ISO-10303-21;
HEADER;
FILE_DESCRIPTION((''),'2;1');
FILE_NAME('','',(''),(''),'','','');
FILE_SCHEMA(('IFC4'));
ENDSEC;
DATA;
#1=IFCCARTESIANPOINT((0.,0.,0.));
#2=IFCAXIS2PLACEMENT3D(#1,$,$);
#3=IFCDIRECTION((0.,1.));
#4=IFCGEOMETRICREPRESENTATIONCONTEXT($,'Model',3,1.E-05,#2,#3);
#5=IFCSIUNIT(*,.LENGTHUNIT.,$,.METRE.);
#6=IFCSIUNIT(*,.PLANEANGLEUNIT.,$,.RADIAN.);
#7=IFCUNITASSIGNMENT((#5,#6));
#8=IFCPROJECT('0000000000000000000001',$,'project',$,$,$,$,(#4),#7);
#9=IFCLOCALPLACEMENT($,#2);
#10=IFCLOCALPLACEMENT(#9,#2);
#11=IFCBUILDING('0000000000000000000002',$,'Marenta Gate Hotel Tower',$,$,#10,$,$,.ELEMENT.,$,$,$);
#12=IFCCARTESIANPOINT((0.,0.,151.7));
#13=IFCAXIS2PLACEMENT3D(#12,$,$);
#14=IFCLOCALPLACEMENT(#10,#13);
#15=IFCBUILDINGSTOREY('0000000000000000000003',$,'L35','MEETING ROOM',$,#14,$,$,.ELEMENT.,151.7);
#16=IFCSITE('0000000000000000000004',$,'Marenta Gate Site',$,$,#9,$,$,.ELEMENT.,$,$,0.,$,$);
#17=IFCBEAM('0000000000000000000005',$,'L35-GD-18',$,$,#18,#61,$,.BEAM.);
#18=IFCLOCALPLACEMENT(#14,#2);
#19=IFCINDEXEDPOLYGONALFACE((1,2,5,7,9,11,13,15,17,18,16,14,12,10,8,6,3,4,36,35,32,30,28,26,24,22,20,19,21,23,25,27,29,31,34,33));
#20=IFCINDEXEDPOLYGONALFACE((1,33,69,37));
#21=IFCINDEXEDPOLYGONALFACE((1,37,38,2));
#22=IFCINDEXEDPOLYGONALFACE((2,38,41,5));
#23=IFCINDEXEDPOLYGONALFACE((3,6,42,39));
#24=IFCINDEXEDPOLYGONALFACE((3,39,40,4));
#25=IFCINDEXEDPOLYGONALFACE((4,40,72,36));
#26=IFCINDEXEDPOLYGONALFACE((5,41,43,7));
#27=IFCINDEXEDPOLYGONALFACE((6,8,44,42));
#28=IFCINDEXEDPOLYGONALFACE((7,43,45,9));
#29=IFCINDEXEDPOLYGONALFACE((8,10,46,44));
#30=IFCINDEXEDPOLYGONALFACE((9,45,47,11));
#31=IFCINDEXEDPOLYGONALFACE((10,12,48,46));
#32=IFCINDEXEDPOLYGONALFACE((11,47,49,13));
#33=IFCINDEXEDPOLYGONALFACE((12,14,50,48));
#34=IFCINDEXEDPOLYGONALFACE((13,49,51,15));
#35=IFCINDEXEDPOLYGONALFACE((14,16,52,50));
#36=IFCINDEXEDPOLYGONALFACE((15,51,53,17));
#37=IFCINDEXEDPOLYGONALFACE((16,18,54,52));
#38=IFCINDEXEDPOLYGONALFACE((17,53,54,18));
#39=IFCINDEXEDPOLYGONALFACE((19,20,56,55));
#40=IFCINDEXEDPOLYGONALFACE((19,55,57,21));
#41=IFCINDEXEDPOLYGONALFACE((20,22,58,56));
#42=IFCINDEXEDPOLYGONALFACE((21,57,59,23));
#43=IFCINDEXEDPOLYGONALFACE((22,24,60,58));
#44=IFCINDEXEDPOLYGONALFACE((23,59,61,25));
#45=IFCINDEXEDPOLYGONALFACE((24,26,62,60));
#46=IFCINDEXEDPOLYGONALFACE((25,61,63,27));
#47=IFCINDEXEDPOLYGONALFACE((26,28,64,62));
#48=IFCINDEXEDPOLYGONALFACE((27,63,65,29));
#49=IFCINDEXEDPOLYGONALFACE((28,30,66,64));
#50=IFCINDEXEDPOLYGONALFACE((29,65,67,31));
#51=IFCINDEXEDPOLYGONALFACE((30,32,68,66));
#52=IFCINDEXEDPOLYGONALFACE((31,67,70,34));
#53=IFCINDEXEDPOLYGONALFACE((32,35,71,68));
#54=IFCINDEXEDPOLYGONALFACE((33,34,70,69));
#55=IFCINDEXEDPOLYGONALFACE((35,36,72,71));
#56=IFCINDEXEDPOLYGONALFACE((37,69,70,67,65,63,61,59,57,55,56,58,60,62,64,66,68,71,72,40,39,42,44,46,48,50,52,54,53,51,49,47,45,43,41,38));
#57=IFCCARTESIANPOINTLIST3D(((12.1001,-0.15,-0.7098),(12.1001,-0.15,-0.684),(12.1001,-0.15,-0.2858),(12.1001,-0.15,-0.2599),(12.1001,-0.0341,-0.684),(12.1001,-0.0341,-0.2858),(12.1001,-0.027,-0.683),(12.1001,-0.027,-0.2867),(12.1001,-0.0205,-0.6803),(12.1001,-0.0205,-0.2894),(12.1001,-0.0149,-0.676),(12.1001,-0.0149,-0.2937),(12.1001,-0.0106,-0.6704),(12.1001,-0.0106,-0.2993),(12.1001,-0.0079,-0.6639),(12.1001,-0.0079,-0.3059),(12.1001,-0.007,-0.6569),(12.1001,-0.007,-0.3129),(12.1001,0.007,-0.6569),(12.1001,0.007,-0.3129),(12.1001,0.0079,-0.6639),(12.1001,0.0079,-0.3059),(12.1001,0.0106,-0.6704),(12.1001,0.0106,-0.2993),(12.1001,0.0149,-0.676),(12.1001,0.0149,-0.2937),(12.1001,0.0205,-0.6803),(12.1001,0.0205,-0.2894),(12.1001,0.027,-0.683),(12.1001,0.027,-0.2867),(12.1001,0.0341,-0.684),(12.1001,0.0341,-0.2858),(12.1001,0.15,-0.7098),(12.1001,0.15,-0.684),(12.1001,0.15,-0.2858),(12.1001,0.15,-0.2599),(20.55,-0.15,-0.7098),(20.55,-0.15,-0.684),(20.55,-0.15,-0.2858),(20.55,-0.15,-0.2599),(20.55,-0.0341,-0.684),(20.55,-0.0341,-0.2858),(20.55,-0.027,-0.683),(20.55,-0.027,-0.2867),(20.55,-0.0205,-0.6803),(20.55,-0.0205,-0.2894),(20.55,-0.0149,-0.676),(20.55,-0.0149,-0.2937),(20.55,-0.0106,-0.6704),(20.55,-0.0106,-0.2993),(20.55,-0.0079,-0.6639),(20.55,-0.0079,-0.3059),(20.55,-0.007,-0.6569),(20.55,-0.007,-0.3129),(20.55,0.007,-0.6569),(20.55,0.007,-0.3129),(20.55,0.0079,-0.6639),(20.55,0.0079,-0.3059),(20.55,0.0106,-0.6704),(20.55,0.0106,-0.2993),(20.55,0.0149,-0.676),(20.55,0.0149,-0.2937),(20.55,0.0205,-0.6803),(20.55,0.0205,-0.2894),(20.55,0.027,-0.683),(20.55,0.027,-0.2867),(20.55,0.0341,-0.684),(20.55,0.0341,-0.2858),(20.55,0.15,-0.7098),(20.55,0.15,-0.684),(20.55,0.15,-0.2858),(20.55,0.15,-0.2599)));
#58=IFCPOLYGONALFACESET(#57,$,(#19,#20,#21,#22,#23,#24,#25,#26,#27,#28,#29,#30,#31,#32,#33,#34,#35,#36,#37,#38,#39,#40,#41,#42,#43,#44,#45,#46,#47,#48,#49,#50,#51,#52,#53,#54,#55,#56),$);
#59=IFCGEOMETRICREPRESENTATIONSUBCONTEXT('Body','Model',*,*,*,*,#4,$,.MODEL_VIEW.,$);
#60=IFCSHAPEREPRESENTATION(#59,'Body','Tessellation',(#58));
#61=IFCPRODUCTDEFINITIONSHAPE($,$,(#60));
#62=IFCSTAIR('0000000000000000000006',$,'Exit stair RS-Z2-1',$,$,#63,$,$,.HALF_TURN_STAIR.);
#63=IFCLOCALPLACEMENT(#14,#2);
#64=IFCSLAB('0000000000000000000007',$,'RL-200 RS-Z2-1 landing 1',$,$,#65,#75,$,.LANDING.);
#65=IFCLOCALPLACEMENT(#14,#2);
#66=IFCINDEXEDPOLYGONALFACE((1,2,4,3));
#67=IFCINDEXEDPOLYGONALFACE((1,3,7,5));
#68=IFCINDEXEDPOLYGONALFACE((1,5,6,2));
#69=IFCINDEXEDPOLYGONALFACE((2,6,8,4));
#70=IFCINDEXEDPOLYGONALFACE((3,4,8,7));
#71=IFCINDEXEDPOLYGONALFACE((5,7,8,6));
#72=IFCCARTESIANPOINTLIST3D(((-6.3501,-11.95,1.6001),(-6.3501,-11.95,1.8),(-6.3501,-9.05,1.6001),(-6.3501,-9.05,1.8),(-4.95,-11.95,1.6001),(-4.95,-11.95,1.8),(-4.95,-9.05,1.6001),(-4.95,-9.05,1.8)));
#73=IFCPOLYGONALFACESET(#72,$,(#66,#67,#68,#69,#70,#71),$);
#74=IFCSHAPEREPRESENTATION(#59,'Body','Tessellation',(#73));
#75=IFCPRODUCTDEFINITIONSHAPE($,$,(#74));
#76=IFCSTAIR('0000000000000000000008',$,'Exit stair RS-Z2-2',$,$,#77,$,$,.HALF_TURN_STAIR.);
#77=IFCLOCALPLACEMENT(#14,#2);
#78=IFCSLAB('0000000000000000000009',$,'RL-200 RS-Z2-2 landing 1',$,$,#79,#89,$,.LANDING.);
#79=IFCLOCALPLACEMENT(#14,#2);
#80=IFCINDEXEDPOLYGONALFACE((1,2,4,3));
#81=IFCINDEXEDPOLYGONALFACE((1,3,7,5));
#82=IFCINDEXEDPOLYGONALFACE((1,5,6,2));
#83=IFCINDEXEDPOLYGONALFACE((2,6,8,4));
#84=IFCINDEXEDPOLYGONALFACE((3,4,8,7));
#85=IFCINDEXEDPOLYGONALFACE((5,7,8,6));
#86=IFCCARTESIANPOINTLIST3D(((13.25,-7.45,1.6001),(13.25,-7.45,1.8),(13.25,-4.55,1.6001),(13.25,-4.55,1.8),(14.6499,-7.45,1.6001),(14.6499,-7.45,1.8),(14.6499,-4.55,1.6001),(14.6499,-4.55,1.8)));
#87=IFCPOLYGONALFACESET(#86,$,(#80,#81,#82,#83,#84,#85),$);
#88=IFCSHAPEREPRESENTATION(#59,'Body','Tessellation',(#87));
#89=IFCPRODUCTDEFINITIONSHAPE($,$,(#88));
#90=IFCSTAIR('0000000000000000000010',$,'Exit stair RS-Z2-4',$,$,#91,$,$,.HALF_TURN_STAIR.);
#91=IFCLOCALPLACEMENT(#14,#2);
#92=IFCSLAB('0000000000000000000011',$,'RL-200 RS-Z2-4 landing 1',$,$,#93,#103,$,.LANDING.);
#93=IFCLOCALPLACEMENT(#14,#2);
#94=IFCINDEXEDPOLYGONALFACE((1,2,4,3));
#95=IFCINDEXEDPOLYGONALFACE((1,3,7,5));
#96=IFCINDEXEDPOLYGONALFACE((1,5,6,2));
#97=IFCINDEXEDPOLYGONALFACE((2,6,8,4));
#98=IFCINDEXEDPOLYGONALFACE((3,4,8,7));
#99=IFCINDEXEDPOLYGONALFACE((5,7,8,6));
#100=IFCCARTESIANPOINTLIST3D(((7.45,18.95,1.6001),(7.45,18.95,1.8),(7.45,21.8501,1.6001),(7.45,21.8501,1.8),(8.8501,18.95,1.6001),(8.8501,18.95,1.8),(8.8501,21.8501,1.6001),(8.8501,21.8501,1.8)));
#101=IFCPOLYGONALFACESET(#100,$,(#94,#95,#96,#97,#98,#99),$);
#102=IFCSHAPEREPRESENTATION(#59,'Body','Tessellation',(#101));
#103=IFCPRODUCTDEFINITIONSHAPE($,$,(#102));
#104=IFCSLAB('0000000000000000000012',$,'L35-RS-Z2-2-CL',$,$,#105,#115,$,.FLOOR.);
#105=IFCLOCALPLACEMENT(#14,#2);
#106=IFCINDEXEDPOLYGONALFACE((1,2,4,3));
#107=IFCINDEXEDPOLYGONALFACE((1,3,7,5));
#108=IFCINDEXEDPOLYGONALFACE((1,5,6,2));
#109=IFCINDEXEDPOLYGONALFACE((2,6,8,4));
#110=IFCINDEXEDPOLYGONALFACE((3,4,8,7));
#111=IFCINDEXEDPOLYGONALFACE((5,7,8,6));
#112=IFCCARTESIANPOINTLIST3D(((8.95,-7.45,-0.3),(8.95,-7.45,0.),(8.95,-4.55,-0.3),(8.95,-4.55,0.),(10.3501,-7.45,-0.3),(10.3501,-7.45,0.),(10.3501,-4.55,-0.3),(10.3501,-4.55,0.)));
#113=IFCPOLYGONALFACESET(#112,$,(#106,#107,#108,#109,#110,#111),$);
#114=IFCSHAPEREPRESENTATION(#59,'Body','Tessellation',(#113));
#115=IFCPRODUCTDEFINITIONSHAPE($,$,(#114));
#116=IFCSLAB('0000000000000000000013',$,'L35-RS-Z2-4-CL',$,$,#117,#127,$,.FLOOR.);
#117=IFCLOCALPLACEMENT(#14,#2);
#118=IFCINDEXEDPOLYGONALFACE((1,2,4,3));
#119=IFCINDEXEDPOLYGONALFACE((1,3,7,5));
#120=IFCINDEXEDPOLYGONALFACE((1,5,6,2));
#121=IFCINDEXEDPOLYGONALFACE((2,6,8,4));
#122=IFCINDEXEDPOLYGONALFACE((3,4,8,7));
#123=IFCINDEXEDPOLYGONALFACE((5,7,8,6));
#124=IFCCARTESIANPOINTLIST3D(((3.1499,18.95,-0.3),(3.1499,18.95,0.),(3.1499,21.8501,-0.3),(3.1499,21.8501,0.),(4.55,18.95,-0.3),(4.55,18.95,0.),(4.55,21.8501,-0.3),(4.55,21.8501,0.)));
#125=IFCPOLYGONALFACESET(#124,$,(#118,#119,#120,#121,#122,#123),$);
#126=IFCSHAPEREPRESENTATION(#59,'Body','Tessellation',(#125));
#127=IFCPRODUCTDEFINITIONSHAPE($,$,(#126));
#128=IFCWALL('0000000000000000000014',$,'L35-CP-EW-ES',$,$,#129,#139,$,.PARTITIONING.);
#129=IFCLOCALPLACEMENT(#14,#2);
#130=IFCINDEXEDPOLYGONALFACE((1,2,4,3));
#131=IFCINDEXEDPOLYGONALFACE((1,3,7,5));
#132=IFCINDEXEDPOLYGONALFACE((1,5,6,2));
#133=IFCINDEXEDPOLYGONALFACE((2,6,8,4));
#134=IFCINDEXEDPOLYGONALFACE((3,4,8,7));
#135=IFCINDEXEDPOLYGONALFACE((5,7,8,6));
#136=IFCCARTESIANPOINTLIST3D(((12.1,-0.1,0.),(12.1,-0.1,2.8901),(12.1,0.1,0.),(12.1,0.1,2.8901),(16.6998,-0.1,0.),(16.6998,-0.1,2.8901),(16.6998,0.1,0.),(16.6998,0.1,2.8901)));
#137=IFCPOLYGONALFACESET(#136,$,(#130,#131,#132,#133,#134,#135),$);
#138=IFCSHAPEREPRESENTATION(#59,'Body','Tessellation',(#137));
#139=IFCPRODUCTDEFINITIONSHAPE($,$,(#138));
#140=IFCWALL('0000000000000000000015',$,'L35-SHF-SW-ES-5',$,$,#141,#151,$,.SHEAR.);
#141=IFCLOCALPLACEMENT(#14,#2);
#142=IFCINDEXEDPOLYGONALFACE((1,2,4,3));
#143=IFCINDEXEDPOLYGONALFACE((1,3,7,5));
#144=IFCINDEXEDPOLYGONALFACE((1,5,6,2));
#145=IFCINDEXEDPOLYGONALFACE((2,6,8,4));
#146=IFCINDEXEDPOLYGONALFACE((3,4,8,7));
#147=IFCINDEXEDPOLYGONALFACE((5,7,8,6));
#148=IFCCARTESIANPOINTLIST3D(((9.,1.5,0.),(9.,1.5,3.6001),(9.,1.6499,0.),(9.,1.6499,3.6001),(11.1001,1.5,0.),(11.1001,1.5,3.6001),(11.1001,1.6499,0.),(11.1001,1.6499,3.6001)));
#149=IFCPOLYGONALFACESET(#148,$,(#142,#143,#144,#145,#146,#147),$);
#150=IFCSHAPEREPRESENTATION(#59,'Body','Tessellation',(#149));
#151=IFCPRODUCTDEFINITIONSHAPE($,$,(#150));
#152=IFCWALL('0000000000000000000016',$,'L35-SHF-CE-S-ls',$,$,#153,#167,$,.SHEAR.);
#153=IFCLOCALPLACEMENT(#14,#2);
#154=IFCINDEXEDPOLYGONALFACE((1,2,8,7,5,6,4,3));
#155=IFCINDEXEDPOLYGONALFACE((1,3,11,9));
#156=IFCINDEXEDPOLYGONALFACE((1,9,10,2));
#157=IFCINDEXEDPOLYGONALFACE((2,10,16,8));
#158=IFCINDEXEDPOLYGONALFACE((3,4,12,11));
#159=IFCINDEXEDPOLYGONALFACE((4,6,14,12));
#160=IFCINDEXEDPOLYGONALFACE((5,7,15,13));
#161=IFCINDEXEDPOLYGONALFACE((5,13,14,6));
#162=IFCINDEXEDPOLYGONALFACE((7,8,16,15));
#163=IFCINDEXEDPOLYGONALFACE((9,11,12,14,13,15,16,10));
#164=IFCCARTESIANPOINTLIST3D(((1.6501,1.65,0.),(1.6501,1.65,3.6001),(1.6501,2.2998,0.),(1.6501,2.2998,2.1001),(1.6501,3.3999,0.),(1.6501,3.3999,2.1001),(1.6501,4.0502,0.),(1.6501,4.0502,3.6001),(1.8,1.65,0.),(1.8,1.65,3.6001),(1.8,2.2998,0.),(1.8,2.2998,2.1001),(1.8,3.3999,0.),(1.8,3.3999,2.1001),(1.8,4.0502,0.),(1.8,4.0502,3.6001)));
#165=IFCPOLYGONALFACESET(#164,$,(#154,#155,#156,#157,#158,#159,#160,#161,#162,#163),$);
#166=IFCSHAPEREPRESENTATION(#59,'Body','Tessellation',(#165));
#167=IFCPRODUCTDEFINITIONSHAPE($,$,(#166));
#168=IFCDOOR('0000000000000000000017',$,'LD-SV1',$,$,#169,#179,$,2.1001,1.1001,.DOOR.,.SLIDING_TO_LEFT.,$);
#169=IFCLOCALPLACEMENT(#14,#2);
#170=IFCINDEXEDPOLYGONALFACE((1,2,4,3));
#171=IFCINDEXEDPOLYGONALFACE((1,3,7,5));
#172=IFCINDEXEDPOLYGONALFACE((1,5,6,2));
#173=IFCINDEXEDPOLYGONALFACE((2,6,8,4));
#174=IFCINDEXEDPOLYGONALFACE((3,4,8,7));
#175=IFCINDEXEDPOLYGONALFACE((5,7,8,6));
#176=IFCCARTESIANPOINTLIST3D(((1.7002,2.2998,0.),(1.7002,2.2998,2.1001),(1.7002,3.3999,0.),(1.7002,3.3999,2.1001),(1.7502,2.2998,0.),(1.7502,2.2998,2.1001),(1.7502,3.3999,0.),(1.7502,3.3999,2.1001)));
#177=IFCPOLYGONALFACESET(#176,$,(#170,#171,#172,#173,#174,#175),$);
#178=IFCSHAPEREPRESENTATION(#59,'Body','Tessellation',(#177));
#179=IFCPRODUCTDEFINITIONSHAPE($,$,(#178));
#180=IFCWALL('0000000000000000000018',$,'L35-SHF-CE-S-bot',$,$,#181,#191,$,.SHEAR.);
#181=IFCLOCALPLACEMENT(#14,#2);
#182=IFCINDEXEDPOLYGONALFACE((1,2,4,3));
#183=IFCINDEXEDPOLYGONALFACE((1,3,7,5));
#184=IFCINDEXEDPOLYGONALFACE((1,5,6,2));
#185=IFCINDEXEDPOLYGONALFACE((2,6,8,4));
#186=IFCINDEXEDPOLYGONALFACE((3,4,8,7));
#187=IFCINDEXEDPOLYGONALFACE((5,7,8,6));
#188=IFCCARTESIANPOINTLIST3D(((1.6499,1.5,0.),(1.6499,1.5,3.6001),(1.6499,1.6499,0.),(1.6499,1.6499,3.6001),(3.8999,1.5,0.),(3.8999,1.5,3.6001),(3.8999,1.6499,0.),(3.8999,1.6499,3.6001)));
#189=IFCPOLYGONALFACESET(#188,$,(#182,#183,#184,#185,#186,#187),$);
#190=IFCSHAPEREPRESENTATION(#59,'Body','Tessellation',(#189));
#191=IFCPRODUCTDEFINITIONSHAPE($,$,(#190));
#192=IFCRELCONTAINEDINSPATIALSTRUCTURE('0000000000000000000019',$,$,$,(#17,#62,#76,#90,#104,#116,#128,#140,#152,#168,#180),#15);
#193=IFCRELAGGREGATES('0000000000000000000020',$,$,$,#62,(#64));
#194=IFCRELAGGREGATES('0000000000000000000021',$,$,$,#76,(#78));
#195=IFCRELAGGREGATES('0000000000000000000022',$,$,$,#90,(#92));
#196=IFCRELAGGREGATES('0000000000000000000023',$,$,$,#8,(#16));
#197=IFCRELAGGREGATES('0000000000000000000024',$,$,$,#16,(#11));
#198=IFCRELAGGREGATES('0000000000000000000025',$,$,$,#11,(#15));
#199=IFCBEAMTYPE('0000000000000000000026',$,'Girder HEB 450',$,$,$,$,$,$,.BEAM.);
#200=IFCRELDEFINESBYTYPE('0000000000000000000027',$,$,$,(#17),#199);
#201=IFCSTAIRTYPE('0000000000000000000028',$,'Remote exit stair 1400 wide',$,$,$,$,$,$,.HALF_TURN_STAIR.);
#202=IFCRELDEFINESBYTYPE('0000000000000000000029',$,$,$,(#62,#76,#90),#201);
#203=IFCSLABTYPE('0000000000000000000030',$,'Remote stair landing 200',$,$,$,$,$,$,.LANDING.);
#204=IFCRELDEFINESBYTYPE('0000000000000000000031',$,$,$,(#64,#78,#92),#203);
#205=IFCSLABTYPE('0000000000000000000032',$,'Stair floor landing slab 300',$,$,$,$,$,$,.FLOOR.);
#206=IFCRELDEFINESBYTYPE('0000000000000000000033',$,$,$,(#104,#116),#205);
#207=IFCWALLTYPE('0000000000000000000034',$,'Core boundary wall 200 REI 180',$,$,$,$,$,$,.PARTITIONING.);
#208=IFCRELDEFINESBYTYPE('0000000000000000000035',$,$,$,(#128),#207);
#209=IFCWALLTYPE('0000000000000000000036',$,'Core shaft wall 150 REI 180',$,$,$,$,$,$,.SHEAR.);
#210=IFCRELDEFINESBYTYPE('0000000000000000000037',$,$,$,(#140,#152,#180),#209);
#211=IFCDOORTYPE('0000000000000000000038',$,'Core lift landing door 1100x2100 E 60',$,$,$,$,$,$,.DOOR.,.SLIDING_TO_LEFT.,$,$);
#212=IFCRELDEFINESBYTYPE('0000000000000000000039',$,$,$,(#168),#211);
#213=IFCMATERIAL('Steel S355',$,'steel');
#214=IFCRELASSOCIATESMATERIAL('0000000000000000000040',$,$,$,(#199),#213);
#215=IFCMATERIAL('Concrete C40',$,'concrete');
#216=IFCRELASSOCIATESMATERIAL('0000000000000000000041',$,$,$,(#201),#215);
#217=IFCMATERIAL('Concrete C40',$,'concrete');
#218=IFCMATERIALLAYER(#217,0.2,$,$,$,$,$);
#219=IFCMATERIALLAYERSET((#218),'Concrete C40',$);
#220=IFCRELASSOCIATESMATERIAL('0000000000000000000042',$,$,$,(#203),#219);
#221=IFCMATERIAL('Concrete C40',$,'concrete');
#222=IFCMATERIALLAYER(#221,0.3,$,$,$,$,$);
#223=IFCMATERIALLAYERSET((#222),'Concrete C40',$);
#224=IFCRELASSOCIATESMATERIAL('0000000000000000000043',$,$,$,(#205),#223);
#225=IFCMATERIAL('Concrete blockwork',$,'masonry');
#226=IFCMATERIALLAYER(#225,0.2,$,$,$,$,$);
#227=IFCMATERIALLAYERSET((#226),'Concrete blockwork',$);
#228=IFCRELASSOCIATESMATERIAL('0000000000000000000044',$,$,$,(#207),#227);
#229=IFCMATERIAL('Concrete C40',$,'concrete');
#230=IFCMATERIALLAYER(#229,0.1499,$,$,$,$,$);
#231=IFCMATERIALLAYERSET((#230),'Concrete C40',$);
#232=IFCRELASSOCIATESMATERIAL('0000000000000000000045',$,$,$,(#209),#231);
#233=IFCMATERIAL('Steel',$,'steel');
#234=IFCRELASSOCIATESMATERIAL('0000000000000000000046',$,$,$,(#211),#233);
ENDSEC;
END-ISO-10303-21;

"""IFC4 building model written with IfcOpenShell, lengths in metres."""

from ifc_helpers import new_model, si_unit, direction, frame, frame_2d, origin, origin_2d, place, context, subcontext, project, spatial, polyline, rectangle, i_section, outline, extrude, material, layer, layer_set, material_profile, profile_set, type_object, element, fill, aggregate, save


model = new_model("IFC4")

# Units and contexts
model_context = context("Model", 3, precision=1e-05, world=origin(), true_north=direction((0.0, 1.0)))
body_context = subcontext(model_context, "Body", "Model", "MODEL_VIEW")
ifc_project = project(units=[si_unit("LENGTHUNIT", "METRE"), si_unit("PLANEANGLEUNIT", "RADIAN")], contexts=[model_context])

# Site, building, storey
site_placement = place(None, origin())
site = spatial("IfcSite", under=ifc_project, at=site_placement, Name="Marenta Gate Site", CompositionType="ELEMENT", RefElevation=0.0)
building_placement = place(site_placement, origin())
building = spatial("IfcBuilding", under=site, at=building_placement, Name="Marenta Gate Hotel Tower", CompositionType="ELEMENT")
storey_placement = place(building_placement, frame((0.0, 0.0, 151.7)))
storey = spatial("IfcBuildingStorey", under=building, at=storey_placement, Name="L35", Description="MEETING ROOM", CompositionType="ELEMENT", Elevation=151.7)

# Beam
ifc_material_1 = material(Name="Steel S355", Category="steel")
ifc_material_profile = material_profile(ifc_material_1, i_section(OverallWidth=0.3, OverallDepth=0.45, WebThickness=0.0139, FlangeThickness=0.0259, FilletRadius=0.0271, at=origin_2d()), Name="HEB 450")
ifc_profile_set = profile_set([ifc_material_profile], Name="Steel S355")
beam_type = type_object("IfcBeamType", Name="Girder HEB 450", PredefinedType="BEAM", material=ifc_profile_set)
beam_placement = place(storey_placement, frame((12.1001, 0.0, -0.4849), z_axis=(1.0, 0.0, 0.0), x_axis=(0.0, 1.0, 0.0)))
element("IfcBeam", 1, at=beam_placement, inside=storey, type_object=beam_type, Name="L35-GD-18", PredefinedType="BEAM", context=body_context, shape_type="SweptSolid", body=[
    extrude(i_section(OverallWidth=0.3, OverallDepth=0.45, WebThickness=0.0139, FlangeThickness=0.0259, FilletRadius=0.0271, at=origin_2d()), origin(), (0.0, 0.0, 1.0), 8.45),
])

# Stairs, slabs
ifc_material_2 = material(Name="Concrete C40", Category="concrete")
stair_type_1 = type_object("IfcStairType", Name="Remote exit stair 1400 wide", PredefinedType="HALF_TURN_STAIR", material=ifc_material_2)
stair_1_placement = place(storey_placement, origin())
stair_1 = element("IfcStair", 2, at=stair_1_placement, inside=storey, type_object=stair_type_1, Name="Exit stair RS-Z2-1", PredefinedType="HALF_TURN_STAIR")
ifc_material_3 = material(Name="Concrete C40", Category="concrete")
ifc_layer_1 = layer(ifc_material_3, 0.2)
ifc_layer_set_1 = layer_set([ifc_layer_1], Name="Concrete C40")
slab_type_1 = type_object("IfcSlabType", Name="Remote stair landing 200", PredefinedType="LANDING", material=ifc_layer_set_1)
slab_1_placement = place(storey_placement, frame((0.0, 0.0, 1.6001)))
slab_1 = element("IfcSlab", 3, at=slab_1_placement, type_object=slab_type_1, Name="RL-200 RS-Z2-1 landing 1", PredefinedType="LANDING", context=body_context, shape_type="SweptSolid", body=[
    extrude(outline(polyline([(-6.3501, -11.95), (-4.95, -11.95), (-4.95, -9.05), (-6.3501, -9.05), (-6.3501, -11.95)])), origin(), (0.0, 0.0, 1.0), 0.2),
])
aggregate(stair_1, [slab_1])
stair_2_placement = place(storey_placement, origin())
stair_2 = element("IfcStair", 4, at=stair_2_placement, inside=storey, type_object=stair_type_1, Name="Exit stair RS-Z2-2", PredefinedType="HALF_TURN_STAIR")
slab_2_placement = place(storey_placement, frame((0.0, 0.0, 1.6001)))
slab_2 = element("IfcSlab", 5, at=slab_2_placement, type_object=slab_type_1, Name="RL-200 RS-Z2-2 landing 1", PredefinedType="LANDING", context=body_context, shape_type="SweptSolid", body=[
    extrude(outline(polyline([(13.25, -7.45), (14.6499, -7.45), (14.6499, -4.55), (13.25, -4.55), (13.25, -7.45)])), origin(), (0.0, 0.0, 1.0), 0.2),
])
aggregate(stair_2, [slab_2])
stair_3_placement = place(storey_placement, origin())
stair_3 = element("IfcStair", 6, at=stair_3_placement, inside=storey, type_object=stair_type_1, Name="Exit stair RS-Z2-4", PredefinedType="HALF_TURN_STAIR")
slab_3_placement = place(storey_placement, frame((0.0, 0.0, 1.6001)))
slab_3 = element("IfcSlab", 7, at=slab_3_placement, type_object=slab_type_1, Name="RL-200 RS-Z2-4 landing 1", PredefinedType="LANDING", context=body_context, shape_type="SweptSolid", body=[
    extrude(outline(polyline([(7.45, 18.95), (8.8501, 18.95), (8.8501, 21.8501), (7.45, 21.8501), (7.45, 18.95)])), origin(), (0.0, 0.0, 1.0), 0.2),
])
aggregate(stair_3, [slab_3])

# Slabs
ifc_material_4 = material(Name="Concrete C40", Category="concrete")
ifc_layer_2 = layer(ifc_material_4, 0.3)
ifc_layer_set_2 = layer_set([ifc_layer_2], Name="Concrete C40")
slab_type_2 = type_object("IfcSlabType", Name="Stair floor landing slab 300", PredefinedType="FLOOR", material=ifc_layer_set_2)
slab_4_placement = place(storey_placement, frame((0.0, 0.0, -0.3)))
element("IfcSlab", 8, at=slab_4_placement, inside=storey, type_object=slab_type_2, Name="L35-RS-Z2-2-CL", PredefinedType="FLOOR", context=body_context, shape_type="SweptSolid", body=[
    extrude(outline(polyline([(10.3501, -7.45), (10.3501, -4.55), (8.95, -4.55), (8.95, -7.45), (10.3501, -7.45)])), origin(), (0.0, 0.0, 1.0), 0.3),
])
slab_5_placement = place(storey_placement, frame((0.0, 0.0, -0.3)))
element("IfcSlab", 9, at=slab_5_placement, inside=storey, type_object=slab_type_2, Name="L35-RS-Z2-4-CL", PredefinedType="FLOOR", context=body_context, shape_type="SweptSolid", body=[
    extrude(outline(polyline([(4.55, 18.95), (4.55, 21.8501), (3.1499, 21.8501), (3.1499, 18.95), (4.55, 18.95)])), origin(), (0.0, 0.0, 1.0), 0.3),
])

# Walls
ifc_material_5 = material(Name="Concrete blockwork", Category="masonry")
ifc_layer_3 = layer(ifc_material_5, 0.2)
ifc_layer_set_3 = layer_set([ifc_layer_3], Name="Concrete blockwork")
wall_type_1 = type_object("IfcWallType", Name="Core boundary wall 200 REI 180", PredefinedType="PARTITIONING", material=ifc_layer_set_3)
wall_1_placement = place(storey_placement, frame((12.1001, 0.0, 0.0), z_axis=(0.0, 0.0, 1.0), x_axis=(1.0, 0.0, 0.0)))
element("IfcWall", 10, at=wall_1_placement, inside=storey, type_object=wall_type_1, Name="L35-CP-EW-ES", PredefinedType="PARTITIONING", context=body_context, shape_type="SweptSolid", body=[
    extrude(rectangle(XDim=4.5999, YDim=0.2, at=frame_2d((2.2998, 0.0))), origin(), (0.0, 0.0, 1.0), 2.8901),
])
ifc_material_6 = material(Name="Concrete C40", Category="concrete")
ifc_layer_4 = layer(ifc_material_6, 0.1499)
ifc_layer_set_4 = layer_set([ifc_layer_4], Name="Concrete C40")
wall_type_2 = type_object("IfcWallType", Name="Core shaft wall 150 REI 180", PredefinedType="SHEAR", material=ifc_layer_set_4)
wall_2_placement = place(storey_placement, frame((9.0, 1.575, 0.0), z_axis=(0.0, 0.0, 1.0), x_axis=(1.0, 0.0, 0.0)))
element("IfcWall", 11, at=wall_2_placement, inside=storey, type_object=wall_type_2, Name="L35-SHF-SW-ES-5", PredefinedType="SHEAR", context=body_context, shape_type="SweptSolid", body=[
    extrude(rectangle(XDim=2.1001, YDim=0.1499, at=frame_2d((1.05, 0.0))), origin(), (0.0, 0.0, 1.0), 3.6001),
])

# Wall, opening, door
wall_3_placement = place(storey_placement, frame((1.7251, 1.6499, 0.0), z_axis=(0.0, 0.0, 1.0), x_axis=(0.0, 1.0, 0.0)))
wall_3 = element("IfcWall", 12, at=wall_3_placement, inside=storey, type_object=wall_type_2, Name="L35-SHF-CE-S-ls", PredefinedType="SHEAR", context=body_context, shape_type="SweptSolid", body=[
    extrude(rectangle(XDim=2.4001, YDim=0.1499, at=frame_2d((1.2002, 0.0))), origin(), (0.0, 0.0, 1.0), 3.6001),
])
opening_1_placement = place(wall_3_placement, frame((0.6499, 0.0, 0.0)))
opening_1 = element("IfcOpeningElement", 13, at=opening_1_placement, cuts=wall_3, PredefinedType="OPENING", context=body_context, shape_type="SweptSolid", body=[
    extrude(rectangle(XDim=1.1001, YDim=2.1001, at=frame_2d((0.55, 1.05))), frame((0.0, 0.075, 0.0), z_axis=(0.0, -1.0, 0.0), x_axis=(1.0, 0.0, 0.0)), (0.0, 0.0, 1.0), 0.1499),
])
ifc_material_7 = material(Name="Steel", Category="steel")
door_type_1 = type_object("IfcDoorType", Name="Core lift landing door 1100x2100 E 60", OperationType="SLIDING_TO_LEFT", PredefinedType="DOOR", material=ifc_material_7)
door_1_placement = place(opening_1_placement, origin())
door_1 = element("IfcDoor", 14, at=door_1_placement, inside=storey, type_object=door_type_1, Name="LD-SV1", OperationType="SLIDING_TO_LEFT", OverallHeight=2.1001, OverallWidth=1.1001, PredefinedType="DOOR", context=body_context, shape_type="SweptSolid", body=[
    extrude(rectangle(XDim=1.1001, YDim=2.1001, at=frame_2d((0.55, 1.05))), frame((0.0, 0.0249, 0.0), z_axis=(0.0, -1.0, 0.0), x_axis=(1.0, 0.0, 0.0)), (0.0, 0.0, 1.0), 0.05),
])
fill(opening_1, door_1)

# Wall
wall_4_placement = place(storey_placement, frame((1.6499, 1.575, 0.0), z_axis=(0.0, 0.0, 1.0), x_axis=(1.0, 0.0, 0.0)))
element("IfcWall", 15, at=wall_4_placement, inside=storey, type_object=wall_type_2, Name="L35-SHF-CE-S-bot", PredefinedType="SHEAR", context=body_context, shape_type="SweptSolid", body=[
    extrude(rectangle(XDim=2.25, YDim=0.1499, at=frame_2d((1.125, 0.0))), origin(), (0.0, 0.0, 1.0), 3.6001),
])

save(model, "model.ifc")
